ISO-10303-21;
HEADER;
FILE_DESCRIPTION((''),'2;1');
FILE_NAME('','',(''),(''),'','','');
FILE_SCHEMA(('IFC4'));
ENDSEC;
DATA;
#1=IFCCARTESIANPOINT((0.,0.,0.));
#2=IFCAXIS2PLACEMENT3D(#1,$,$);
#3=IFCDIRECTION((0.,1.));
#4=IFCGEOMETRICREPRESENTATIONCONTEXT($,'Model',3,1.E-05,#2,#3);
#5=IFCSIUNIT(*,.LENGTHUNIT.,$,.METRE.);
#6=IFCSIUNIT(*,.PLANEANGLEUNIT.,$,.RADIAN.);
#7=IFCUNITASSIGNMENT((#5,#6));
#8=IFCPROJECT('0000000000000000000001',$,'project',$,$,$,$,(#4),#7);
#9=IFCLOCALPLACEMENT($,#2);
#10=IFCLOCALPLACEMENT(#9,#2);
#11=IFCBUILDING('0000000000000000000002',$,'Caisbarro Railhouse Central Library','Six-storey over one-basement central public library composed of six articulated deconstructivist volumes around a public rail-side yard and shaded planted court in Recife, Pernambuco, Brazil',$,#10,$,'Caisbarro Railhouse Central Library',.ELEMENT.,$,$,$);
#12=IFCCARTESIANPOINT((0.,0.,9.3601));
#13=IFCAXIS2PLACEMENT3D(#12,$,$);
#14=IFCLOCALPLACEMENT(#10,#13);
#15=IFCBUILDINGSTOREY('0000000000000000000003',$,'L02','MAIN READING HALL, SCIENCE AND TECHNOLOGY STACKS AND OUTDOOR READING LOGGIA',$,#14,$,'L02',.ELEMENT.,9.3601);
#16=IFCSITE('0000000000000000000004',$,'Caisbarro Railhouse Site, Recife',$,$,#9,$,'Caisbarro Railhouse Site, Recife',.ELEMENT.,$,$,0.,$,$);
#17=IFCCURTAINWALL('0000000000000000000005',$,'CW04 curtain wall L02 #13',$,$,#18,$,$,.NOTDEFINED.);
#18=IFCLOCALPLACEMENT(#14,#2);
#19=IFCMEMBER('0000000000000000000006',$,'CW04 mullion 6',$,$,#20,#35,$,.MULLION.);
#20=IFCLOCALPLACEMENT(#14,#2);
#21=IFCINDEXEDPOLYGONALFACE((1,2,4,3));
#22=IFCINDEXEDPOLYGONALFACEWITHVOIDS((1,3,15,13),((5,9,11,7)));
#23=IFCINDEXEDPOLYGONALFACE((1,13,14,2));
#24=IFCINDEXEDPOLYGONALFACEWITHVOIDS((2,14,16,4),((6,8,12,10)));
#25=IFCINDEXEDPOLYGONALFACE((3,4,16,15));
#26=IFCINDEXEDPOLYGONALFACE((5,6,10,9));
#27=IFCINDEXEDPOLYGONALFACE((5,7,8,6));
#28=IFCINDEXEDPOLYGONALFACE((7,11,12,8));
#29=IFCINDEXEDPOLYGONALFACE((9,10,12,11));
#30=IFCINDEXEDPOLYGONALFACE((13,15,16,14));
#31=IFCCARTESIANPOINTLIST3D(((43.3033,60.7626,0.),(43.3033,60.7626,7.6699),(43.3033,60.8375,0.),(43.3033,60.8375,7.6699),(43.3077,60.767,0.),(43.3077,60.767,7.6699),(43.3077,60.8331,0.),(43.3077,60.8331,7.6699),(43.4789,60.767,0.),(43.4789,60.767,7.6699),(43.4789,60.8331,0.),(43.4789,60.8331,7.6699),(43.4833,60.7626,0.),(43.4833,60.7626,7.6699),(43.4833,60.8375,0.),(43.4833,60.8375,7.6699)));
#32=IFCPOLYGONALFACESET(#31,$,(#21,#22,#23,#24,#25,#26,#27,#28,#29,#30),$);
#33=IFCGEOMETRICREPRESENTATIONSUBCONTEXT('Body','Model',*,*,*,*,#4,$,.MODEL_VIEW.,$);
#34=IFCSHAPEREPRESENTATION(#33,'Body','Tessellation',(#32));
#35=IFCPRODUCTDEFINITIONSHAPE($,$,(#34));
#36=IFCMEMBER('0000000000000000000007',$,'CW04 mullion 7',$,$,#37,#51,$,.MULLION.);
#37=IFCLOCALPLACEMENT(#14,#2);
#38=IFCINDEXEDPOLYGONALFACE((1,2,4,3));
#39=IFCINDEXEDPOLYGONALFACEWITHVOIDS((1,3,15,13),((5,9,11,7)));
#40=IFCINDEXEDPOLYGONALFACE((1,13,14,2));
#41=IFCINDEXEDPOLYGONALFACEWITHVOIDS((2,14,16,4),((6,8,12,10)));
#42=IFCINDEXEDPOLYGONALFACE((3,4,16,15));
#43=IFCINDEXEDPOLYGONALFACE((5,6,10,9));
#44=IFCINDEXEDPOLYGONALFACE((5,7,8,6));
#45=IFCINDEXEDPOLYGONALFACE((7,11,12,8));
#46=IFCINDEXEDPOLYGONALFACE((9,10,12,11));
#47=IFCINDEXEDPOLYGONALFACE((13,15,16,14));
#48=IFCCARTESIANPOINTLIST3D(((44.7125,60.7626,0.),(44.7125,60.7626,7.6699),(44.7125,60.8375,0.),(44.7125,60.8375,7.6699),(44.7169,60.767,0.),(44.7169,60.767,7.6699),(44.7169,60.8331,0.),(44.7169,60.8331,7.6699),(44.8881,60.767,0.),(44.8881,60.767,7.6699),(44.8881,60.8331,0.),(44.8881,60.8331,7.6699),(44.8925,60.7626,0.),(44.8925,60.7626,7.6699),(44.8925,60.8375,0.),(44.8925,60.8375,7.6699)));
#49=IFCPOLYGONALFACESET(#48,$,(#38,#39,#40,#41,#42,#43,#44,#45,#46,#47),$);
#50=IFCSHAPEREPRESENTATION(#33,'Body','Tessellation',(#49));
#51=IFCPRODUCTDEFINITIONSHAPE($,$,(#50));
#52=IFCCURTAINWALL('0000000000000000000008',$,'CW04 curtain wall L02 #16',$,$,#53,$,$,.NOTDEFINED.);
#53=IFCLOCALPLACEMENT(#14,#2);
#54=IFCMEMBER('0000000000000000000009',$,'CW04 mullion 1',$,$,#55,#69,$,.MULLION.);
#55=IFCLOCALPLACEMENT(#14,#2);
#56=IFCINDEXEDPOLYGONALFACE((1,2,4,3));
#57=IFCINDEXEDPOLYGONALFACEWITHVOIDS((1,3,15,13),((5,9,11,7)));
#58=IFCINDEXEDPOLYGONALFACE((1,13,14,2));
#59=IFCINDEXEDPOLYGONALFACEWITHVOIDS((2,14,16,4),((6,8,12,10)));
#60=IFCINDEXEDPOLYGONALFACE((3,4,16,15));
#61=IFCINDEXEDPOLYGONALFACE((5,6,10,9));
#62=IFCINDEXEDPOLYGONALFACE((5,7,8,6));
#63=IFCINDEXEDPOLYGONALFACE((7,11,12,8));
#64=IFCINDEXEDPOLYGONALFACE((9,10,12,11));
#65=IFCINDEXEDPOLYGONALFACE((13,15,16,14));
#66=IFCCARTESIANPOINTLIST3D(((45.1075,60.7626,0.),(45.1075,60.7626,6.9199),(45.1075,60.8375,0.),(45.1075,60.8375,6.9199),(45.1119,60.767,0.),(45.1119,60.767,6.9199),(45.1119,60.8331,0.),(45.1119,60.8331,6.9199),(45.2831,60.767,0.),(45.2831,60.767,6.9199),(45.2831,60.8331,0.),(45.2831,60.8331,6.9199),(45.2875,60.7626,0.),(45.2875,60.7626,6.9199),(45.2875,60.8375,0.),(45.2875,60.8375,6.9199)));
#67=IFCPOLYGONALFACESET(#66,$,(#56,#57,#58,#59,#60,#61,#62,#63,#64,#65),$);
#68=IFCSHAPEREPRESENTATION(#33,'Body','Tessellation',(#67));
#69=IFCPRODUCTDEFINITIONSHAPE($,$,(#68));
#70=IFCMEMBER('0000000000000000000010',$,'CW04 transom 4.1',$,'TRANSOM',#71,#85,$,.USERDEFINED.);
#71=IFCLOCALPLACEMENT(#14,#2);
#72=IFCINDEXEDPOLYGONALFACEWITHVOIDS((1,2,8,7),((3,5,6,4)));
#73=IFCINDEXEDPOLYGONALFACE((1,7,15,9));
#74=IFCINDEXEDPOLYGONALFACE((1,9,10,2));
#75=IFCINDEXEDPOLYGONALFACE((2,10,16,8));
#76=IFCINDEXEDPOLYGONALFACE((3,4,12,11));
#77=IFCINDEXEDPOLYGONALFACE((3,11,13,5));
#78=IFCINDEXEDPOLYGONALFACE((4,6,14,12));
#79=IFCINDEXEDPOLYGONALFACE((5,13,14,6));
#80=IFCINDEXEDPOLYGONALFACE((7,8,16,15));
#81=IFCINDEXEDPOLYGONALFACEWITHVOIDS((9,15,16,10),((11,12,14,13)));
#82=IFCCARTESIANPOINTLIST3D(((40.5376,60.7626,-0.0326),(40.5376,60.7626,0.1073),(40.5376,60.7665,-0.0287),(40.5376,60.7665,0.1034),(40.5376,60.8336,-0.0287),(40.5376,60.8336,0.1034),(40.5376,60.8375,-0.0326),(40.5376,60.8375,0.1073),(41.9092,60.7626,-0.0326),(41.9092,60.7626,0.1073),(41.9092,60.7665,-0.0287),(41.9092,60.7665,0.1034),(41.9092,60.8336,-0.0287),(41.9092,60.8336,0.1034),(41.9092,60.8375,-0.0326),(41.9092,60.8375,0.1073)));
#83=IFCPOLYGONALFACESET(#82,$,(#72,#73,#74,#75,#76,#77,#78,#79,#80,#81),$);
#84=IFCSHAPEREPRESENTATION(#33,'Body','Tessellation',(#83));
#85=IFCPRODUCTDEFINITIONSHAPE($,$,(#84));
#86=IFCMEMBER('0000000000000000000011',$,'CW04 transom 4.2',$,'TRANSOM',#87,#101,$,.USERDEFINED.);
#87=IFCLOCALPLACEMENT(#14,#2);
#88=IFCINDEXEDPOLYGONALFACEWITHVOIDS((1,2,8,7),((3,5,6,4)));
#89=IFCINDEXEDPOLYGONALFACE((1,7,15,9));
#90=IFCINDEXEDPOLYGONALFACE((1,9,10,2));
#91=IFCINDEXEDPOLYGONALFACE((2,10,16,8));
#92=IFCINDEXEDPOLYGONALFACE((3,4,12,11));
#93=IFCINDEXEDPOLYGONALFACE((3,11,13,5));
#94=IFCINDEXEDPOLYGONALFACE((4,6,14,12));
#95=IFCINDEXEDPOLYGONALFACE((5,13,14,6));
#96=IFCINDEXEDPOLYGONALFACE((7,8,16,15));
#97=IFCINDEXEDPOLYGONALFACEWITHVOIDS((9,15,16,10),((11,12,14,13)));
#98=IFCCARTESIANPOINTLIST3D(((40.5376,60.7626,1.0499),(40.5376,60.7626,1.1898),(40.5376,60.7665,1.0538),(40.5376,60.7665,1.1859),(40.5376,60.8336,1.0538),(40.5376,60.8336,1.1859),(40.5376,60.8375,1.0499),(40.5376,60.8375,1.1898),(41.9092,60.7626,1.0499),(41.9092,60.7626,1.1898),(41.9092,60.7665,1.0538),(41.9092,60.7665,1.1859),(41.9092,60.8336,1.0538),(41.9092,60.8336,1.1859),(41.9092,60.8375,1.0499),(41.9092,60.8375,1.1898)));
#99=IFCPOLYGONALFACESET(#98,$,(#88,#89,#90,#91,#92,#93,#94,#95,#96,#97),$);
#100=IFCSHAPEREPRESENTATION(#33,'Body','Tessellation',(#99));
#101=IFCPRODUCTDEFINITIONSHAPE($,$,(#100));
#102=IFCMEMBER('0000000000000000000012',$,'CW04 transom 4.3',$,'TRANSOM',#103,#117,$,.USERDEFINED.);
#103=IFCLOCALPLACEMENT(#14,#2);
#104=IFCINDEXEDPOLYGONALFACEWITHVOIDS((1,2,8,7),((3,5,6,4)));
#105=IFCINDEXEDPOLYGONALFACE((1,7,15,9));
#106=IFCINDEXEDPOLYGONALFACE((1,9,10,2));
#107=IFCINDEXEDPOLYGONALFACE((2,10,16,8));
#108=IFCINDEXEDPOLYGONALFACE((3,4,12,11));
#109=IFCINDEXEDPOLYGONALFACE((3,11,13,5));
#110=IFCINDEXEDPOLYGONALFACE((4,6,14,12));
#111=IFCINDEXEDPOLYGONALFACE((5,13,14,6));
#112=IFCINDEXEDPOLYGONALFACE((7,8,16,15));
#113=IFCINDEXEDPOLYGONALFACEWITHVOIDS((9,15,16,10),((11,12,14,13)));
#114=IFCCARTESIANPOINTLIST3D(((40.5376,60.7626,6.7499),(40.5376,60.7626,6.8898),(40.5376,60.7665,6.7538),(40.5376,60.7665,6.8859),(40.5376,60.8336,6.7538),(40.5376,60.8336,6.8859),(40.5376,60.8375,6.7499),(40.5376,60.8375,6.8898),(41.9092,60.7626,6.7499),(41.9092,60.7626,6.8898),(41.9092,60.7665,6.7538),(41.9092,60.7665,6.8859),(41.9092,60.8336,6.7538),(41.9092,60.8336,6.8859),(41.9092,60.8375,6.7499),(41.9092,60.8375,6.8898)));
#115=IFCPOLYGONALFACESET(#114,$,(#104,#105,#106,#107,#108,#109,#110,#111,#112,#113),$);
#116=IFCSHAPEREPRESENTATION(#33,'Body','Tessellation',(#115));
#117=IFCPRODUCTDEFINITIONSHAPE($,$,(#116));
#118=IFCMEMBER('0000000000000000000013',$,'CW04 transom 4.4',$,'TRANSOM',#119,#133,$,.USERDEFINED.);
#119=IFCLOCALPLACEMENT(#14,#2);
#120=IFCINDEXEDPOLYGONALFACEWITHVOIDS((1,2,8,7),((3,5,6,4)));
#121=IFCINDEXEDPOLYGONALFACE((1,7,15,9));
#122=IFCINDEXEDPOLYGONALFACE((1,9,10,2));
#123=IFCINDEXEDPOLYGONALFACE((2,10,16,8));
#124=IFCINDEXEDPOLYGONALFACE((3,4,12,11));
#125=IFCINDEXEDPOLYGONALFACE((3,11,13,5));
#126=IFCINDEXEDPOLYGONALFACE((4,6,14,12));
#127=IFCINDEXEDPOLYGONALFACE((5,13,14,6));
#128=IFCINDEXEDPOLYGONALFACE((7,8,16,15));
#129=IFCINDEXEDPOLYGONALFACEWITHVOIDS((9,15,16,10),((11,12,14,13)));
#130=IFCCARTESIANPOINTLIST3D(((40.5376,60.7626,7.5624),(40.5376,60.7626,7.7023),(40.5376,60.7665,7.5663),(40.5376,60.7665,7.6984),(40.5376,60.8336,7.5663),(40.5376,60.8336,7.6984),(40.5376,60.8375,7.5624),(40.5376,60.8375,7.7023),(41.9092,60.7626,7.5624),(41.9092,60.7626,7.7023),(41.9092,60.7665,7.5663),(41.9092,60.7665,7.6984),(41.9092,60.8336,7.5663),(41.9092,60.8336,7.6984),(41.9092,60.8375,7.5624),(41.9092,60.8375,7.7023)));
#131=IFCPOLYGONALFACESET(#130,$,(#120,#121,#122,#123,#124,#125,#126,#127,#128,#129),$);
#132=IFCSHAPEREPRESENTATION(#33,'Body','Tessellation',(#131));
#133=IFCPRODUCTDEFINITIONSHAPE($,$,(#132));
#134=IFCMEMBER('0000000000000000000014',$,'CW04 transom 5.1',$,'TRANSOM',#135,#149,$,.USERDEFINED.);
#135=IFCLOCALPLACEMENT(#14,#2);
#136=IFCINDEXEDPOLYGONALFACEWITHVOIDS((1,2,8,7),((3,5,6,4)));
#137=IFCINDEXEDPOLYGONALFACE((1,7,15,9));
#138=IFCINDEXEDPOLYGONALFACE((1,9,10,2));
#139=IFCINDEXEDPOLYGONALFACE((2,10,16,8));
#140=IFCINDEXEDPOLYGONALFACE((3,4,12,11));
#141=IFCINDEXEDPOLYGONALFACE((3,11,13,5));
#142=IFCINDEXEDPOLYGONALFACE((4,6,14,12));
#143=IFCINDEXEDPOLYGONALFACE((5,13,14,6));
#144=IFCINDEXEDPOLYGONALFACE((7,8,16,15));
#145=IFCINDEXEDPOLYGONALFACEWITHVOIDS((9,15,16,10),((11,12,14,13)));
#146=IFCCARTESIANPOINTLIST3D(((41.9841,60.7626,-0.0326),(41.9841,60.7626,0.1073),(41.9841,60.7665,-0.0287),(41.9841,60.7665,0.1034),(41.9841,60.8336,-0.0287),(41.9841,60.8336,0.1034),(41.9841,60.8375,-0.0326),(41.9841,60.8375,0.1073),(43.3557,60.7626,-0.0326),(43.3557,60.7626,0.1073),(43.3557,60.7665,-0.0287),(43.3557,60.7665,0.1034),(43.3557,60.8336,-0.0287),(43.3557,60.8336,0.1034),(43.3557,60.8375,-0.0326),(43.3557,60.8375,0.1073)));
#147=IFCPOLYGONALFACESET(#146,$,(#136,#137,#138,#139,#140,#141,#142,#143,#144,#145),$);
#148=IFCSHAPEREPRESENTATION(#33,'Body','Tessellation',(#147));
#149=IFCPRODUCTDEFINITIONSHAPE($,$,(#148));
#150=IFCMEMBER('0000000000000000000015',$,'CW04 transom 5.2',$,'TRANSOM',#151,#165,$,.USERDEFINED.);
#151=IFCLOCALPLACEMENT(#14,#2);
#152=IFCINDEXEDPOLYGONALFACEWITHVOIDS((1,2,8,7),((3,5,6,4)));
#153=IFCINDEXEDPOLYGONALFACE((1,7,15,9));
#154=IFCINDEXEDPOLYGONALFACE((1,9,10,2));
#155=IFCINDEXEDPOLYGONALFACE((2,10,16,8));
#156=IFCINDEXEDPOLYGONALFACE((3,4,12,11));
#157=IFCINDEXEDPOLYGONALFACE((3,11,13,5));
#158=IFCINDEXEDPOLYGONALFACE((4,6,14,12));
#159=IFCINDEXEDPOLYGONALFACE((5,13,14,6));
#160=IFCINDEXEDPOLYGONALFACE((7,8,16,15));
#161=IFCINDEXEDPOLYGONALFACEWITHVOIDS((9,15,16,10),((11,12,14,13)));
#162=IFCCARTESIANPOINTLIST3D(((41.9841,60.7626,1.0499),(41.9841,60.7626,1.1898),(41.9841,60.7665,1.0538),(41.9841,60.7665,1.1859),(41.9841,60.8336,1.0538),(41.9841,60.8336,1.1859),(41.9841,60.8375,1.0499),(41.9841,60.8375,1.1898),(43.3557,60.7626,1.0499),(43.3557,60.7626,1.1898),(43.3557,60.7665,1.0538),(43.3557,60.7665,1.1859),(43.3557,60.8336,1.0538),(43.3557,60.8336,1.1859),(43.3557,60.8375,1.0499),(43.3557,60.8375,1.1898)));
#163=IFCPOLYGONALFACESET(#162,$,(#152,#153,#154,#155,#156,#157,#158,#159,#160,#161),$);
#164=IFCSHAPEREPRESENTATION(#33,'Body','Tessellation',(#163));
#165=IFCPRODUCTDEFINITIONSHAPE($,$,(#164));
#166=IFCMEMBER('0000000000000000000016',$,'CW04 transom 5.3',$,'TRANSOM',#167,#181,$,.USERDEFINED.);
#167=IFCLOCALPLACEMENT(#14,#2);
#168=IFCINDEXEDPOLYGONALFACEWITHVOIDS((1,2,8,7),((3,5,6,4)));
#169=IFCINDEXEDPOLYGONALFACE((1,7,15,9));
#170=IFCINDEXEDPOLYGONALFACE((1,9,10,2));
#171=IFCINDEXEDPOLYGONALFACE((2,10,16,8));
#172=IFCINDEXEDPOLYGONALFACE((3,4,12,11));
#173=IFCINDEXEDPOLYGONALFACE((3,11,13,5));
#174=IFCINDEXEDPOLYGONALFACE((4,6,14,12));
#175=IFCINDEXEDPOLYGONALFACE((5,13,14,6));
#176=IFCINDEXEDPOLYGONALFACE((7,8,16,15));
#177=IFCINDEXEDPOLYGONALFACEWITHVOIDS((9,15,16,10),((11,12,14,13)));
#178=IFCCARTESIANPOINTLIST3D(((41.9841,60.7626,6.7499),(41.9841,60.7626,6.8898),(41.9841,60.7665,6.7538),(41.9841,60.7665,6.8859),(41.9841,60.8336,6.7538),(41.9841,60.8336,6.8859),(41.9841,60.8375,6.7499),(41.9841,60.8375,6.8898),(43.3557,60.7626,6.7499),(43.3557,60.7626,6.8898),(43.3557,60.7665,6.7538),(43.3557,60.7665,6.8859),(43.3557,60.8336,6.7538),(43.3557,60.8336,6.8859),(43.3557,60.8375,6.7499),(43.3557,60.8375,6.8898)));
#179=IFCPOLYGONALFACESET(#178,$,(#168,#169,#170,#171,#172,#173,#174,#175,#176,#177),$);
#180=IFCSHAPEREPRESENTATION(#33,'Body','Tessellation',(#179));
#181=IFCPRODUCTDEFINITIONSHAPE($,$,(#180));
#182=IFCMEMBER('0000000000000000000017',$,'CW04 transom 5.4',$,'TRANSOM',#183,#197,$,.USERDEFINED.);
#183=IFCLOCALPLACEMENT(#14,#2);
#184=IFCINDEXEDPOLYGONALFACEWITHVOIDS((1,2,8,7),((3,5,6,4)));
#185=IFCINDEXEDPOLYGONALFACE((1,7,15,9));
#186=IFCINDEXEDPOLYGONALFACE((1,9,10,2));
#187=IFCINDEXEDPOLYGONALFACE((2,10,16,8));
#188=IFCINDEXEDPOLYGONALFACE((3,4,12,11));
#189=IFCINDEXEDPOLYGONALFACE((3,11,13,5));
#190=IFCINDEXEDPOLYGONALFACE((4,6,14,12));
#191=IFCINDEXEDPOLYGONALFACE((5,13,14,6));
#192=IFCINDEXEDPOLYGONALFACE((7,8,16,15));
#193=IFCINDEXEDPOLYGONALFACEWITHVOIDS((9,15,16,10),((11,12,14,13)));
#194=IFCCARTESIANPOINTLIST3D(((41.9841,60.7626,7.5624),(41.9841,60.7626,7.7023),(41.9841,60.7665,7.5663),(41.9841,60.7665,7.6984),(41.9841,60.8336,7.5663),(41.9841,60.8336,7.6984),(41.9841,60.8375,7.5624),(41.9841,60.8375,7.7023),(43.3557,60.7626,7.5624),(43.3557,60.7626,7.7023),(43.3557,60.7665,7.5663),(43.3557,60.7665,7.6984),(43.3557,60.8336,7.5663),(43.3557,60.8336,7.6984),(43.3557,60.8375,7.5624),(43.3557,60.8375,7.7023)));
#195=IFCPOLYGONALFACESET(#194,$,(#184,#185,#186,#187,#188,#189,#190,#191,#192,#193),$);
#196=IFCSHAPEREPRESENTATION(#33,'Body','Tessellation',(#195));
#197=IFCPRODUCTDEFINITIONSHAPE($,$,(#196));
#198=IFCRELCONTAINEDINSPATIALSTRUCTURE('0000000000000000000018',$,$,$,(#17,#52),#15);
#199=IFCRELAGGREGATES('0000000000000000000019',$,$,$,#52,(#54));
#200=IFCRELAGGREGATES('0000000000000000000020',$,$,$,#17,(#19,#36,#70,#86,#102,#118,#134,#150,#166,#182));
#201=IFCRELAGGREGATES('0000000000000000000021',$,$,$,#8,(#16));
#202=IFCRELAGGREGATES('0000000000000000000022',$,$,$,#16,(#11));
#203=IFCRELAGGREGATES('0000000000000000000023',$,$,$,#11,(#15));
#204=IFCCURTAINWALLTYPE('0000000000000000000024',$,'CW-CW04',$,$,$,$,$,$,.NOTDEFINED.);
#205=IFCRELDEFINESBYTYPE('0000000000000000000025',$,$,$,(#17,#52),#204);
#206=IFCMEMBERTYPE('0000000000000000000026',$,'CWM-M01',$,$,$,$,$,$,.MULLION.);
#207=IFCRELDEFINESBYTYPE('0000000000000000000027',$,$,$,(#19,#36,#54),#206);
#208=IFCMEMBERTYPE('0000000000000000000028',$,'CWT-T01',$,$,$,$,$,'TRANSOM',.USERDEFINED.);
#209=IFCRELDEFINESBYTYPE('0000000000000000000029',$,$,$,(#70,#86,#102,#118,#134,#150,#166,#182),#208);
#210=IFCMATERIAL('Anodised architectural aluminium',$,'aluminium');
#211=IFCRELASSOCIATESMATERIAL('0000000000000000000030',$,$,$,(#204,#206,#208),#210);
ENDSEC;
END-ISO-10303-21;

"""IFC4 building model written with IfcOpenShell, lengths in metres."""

from ifc_helpers import new_model, si_unit, direction, frame, origin, origin_2d, place, context, subcontext, project, spatial, hollow_rectangle, extrude, material, material_profile, profile_set, type_object, element, aggregate, save


model = new_model("IFC4")

# Units and contexts
model_context = context("Model", 3, precision=1e-05, world=origin(), true_north=direction((0.0, 1.0)))
body_context = subcontext(model_context, "Body", "Model", "MODEL_VIEW")
ifc_project = project(units=[si_unit("LENGTHUNIT", "METRE"), si_unit("PLANEANGLEUNIT", "RADIAN")], contexts=[model_context])

# Site, building, storey
site_placement = place(None, origin())
site = spatial("IfcSite", under=ifc_project, at=site_placement, Name="Caisbarro Railhouse Site, Recife", LongName="Caisbarro Railhouse Site, Recife", CompositionType="ELEMENT", RefElevation=0.0)
building_placement = place(site_placement, origin())
building = spatial("IfcBuilding", under=site, at=building_placement, Name="Caisbarro Railhouse Central Library", Description="Six-storey over one-basement central public library composed of six articulated deconstructivist volumes around a public rail-side yard and shaded planted court in Recife, Pernambuco, Brazil", LongName="Caisbarro Railhouse Central Library", CompositionType="ELEMENT")
storey_placement = place(building_placement, frame((0.0, 0.0, 9.3601)))
storey = spatial("IfcBuildingStorey", under=building, at=storey_placement, Name="L02", Description="MAIN READING HALL, SCIENCE AND TECHNOLOGY STACKS AND OUTDOOR READING LOGGIA", LongName="L02", CompositionType="ELEMENT", Elevation=9.3601)

# Curtain wall, members
ifc_material_1 = material(Name="Anodised architectural aluminium", Category="aluminium")
curtain_wall_type = type_object("IfcCurtainWallType", Name="CW-CW04", PredefinedType="NOTDEFINED", material=ifc_material_1)
curtain_wall_1_placement = place(storey_placement, origin())
curtain_wall_1 = element("IfcCurtainWall", 1, at=curtain_wall_1_placement, inside=storey, type_object=curtain_wall_type, Name="CW04 curtain wall L02 #13", PredefinedType="NOTDEFINED")
ifc_material_profile_1 = material_profile(ifc_material_1, hollow_rectangle(XDim=0.075, YDim=0.1799, WallThickness=0.0044, at=origin_2d()), Name="ALU-MUL-75X180")
ifc_profile_set_1 = profile_set([ifc_material_profile_1], Name="Anodised architectural aluminium")
member_type_1 = type_object("IfcMemberType", Name="CWM-M01", PredefinedType="MULLION", material=ifc_profile_set_1)
member_1_placement = place(storey_placement, frame((43.3933, 60.8, 0.0), z_axis=(0.0, 0.0, 1.0), x_axis=(0.0, 1.0, 0.0)))
member_1 = element("IfcMember", 2, at=member_1_placement, type_object=member_type_1, Name="CW04 mullion 6", PredefinedType="MULLION", context=body_context, shape_type="SweptSolid", body=[
    extrude(hollow_rectangle(XDim=0.075, YDim=0.1799, WallThickness=0.0044, at=origin_2d()), origin(), (0.0, 0.0, 1.0), 7.6699),
])
member_2_placement = place(storey_placement, frame((44.8025, 60.8, 0.0), z_axis=(0.0, 0.0, 1.0), x_axis=(0.0, 1.0, 0.0)))
member_2 = element("IfcMember", 3, at=member_2_placement, type_object=member_type_1, Name="CW04 mullion 7", PredefinedType="MULLION", context=body_context, shape_type="SweptSolid", body=[
    extrude(hollow_rectangle(XDim=0.075, YDim=0.1799, WallThickness=0.0044, at=origin_2d()), origin(), (0.0, 0.0, 1.0), 7.6699),
])

# Curtain wall, member
curtain_wall_2_placement = place(storey_placement, origin())
curtain_wall_2 = element("IfcCurtainWall", 4, at=curtain_wall_2_placement, inside=storey, type_object=curtain_wall_type, Name="CW04 curtain wall L02 #16", PredefinedType="NOTDEFINED")
member_3_placement = place(storey_placement, frame((45.1975, 60.8, 0.0), z_axis=(0.0, 0.0, 1.0), x_axis=(0.0, 1.0, 0.0)))
member_3 = element("IfcMember", 5, at=member_3_placement, type_object=member_type_1, Name="CW04 mullion 1", PredefinedType="MULLION", context=body_context, shape_type="SweptSolid", body=[
    extrude(hollow_rectangle(XDim=0.075, YDim=0.1799, WallThickness=0.0044, at=origin_2d()), origin(), (0.0, 0.0, 1.0), 6.9199),
])
aggregate(curtain_wall_2, [member_3])

# Members
ifc_material_profile_2 = material_profile(ifc_material_1, hollow_rectangle(XDim=0.075, YDim=0.1399, WallThickness=0.0039, at=origin_2d()), Name="ALU-TRN-75X140")
ifc_profile_set_2 = profile_set([ifc_material_profile_2], Name="Anodised architectural aluminium")
member_type_2 = type_object("IfcMemberType", Name="CWT-T01", ElementType="TRANSOM", PredefinedType="USERDEFINED", material=ifc_profile_set_2)
member_4_placement = place(storey_placement, frame((40.5376, 60.8, 0.0374), z_axis=(1.0, 0.0, 0.0), x_axis=(0.0, 1.0, 0.0)))
member_4 = element("IfcMember", 6, at=member_4_placement, type_object=member_type_2, Name="CW04 transom 4.1", ObjectType="TRANSOM", PredefinedType="USERDEFINED", context=body_context, shape_type="SweptSolid", body=[
    extrude(hollow_rectangle(XDim=0.075, YDim=0.1399, WallThickness=0.0039, at=origin_2d()), origin(), (0.0, 0.0, 1.0), 1.3716),
])
member_5_placement = place(storey_placement, frame((40.5376, 60.8, 1.1199), z_axis=(1.0, 0.0, 0.0), x_axis=(0.0, 1.0, 0.0)))
member_5 = element("IfcMember", 7, at=member_5_placement, type_object=member_type_2, Name="CW04 transom 4.2", ObjectType="TRANSOM", PredefinedType="USERDEFINED", context=body_context, shape_type="SweptSolid", body=[
    extrude(hollow_rectangle(XDim=0.075, YDim=0.1399, WallThickness=0.0039, at=origin_2d()), origin(), (0.0, 0.0, 1.0), 1.3716),
])
member_6_placement = place(storey_placement, frame((40.5376, 60.8, 6.8198), z_axis=(1.0, 0.0, 0.0), x_axis=(0.0, 1.0, 0.0)))
member_6 = element("IfcMember", 8, at=member_6_placement, type_object=member_type_2, Name="CW04 transom 4.3", ObjectType="TRANSOM", PredefinedType="USERDEFINED", context=body_context, shape_type="SweptSolid", body=[
    extrude(hollow_rectangle(XDim=0.075, YDim=0.1399, WallThickness=0.0039, at=origin_2d()), origin(), (0.0, 0.0, 1.0), 1.3716),
])
member_7_placement = place(storey_placement, frame((40.5376, 60.8, 7.6323), z_axis=(1.0, 0.0, 0.0), x_axis=(0.0, 1.0, 0.0)))
member_7 = element("IfcMember", 9, at=member_7_placement, type_object=member_type_2, Name="CW04 transom 4.4", ObjectType="TRANSOM", PredefinedType="USERDEFINED", context=body_context, shape_type="SweptSolid", body=[
    extrude(hollow_rectangle(XDim=0.075, YDim=0.1399, WallThickness=0.0039, at=origin_2d()), origin(), (0.0, 0.0, 1.0), 1.3716),
])
member_8_placement = place(storey_placement, frame((41.9841, 60.8, 0.0374), z_axis=(1.0, 0.0, 0.0), x_axis=(0.0, 1.0, 0.0)))
member_8 = element("IfcMember", 10, at=member_8_placement, type_object=member_type_2, Name="CW04 transom 5.1", ObjectType="TRANSOM", PredefinedType="USERDEFINED", context=body_context, shape_type="SweptSolid", body=[
    extrude(hollow_rectangle(XDim=0.075, YDim=0.1399, WallThickness=0.0039, at=origin_2d()), origin(), (0.0, 0.0, 1.0), 1.3716),
])
member_9_placement = place(storey_placement, frame((41.9841, 60.8, 1.1199), z_axis=(1.0, 0.0, 0.0), x_axis=(0.0, 1.0, 0.0)))
member_9 = element("IfcMember", 11, at=member_9_placement, type_object=member_type_2, Name="CW04 transom 5.2", ObjectType="TRANSOM", PredefinedType="USERDEFINED", context=body_context, shape_type="SweptSolid", body=[
    extrude(hollow_rectangle(XDim=0.075, YDim=0.1399, WallThickness=0.0039, at=origin_2d()), origin(), (0.0, 0.0, 1.0), 1.3716),
])
member_10_placement = place(storey_placement, frame((41.9841, 60.8, 6.8198), z_axis=(1.0, 0.0, 0.0), x_axis=(0.0, 1.0, 0.0)))
member_10 = element("IfcMember", 12, at=member_10_placement, type_object=member_type_2, Name="CW04 transom 5.3", ObjectType="TRANSOM", PredefinedType="USERDEFINED", context=body_context, shape_type="SweptSolid", body=[
    extrude(hollow_rectangle(XDim=0.075, YDim=0.1399, WallThickness=0.0039, at=origin_2d()), origin(), (0.0, 0.0, 1.0), 1.3716),
])
member_11_placement = place(storey_placement, frame((41.9841, 60.8, 7.6323), z_axis=(1.0, 0.0, 0.0), x_axis=(0.0, 1.0, 0.0)))
member_11 = element("IfcMember", 13, at=member_11_placement, type_object=member_type_2, Name="CW04 transom 5.4", ObjectType="TRANSOM", PredefinedType="USERDEFINED", context=body_context, shape_type="SweptSolid", body=[
    extrude(hollow_rectangle(XDim=0.075, YDim=0.1399, WallThickness=0.0039, at=origin_2d()), origin(), (0.0, 0.0, 1.0), 1.3716),
])

aggregate(curtain_wall_1, [member_1, member_2, member_4, member_5, member_6, member_7, member_8, member_9, member_10, member_11])

save(model, "model.ifc")
